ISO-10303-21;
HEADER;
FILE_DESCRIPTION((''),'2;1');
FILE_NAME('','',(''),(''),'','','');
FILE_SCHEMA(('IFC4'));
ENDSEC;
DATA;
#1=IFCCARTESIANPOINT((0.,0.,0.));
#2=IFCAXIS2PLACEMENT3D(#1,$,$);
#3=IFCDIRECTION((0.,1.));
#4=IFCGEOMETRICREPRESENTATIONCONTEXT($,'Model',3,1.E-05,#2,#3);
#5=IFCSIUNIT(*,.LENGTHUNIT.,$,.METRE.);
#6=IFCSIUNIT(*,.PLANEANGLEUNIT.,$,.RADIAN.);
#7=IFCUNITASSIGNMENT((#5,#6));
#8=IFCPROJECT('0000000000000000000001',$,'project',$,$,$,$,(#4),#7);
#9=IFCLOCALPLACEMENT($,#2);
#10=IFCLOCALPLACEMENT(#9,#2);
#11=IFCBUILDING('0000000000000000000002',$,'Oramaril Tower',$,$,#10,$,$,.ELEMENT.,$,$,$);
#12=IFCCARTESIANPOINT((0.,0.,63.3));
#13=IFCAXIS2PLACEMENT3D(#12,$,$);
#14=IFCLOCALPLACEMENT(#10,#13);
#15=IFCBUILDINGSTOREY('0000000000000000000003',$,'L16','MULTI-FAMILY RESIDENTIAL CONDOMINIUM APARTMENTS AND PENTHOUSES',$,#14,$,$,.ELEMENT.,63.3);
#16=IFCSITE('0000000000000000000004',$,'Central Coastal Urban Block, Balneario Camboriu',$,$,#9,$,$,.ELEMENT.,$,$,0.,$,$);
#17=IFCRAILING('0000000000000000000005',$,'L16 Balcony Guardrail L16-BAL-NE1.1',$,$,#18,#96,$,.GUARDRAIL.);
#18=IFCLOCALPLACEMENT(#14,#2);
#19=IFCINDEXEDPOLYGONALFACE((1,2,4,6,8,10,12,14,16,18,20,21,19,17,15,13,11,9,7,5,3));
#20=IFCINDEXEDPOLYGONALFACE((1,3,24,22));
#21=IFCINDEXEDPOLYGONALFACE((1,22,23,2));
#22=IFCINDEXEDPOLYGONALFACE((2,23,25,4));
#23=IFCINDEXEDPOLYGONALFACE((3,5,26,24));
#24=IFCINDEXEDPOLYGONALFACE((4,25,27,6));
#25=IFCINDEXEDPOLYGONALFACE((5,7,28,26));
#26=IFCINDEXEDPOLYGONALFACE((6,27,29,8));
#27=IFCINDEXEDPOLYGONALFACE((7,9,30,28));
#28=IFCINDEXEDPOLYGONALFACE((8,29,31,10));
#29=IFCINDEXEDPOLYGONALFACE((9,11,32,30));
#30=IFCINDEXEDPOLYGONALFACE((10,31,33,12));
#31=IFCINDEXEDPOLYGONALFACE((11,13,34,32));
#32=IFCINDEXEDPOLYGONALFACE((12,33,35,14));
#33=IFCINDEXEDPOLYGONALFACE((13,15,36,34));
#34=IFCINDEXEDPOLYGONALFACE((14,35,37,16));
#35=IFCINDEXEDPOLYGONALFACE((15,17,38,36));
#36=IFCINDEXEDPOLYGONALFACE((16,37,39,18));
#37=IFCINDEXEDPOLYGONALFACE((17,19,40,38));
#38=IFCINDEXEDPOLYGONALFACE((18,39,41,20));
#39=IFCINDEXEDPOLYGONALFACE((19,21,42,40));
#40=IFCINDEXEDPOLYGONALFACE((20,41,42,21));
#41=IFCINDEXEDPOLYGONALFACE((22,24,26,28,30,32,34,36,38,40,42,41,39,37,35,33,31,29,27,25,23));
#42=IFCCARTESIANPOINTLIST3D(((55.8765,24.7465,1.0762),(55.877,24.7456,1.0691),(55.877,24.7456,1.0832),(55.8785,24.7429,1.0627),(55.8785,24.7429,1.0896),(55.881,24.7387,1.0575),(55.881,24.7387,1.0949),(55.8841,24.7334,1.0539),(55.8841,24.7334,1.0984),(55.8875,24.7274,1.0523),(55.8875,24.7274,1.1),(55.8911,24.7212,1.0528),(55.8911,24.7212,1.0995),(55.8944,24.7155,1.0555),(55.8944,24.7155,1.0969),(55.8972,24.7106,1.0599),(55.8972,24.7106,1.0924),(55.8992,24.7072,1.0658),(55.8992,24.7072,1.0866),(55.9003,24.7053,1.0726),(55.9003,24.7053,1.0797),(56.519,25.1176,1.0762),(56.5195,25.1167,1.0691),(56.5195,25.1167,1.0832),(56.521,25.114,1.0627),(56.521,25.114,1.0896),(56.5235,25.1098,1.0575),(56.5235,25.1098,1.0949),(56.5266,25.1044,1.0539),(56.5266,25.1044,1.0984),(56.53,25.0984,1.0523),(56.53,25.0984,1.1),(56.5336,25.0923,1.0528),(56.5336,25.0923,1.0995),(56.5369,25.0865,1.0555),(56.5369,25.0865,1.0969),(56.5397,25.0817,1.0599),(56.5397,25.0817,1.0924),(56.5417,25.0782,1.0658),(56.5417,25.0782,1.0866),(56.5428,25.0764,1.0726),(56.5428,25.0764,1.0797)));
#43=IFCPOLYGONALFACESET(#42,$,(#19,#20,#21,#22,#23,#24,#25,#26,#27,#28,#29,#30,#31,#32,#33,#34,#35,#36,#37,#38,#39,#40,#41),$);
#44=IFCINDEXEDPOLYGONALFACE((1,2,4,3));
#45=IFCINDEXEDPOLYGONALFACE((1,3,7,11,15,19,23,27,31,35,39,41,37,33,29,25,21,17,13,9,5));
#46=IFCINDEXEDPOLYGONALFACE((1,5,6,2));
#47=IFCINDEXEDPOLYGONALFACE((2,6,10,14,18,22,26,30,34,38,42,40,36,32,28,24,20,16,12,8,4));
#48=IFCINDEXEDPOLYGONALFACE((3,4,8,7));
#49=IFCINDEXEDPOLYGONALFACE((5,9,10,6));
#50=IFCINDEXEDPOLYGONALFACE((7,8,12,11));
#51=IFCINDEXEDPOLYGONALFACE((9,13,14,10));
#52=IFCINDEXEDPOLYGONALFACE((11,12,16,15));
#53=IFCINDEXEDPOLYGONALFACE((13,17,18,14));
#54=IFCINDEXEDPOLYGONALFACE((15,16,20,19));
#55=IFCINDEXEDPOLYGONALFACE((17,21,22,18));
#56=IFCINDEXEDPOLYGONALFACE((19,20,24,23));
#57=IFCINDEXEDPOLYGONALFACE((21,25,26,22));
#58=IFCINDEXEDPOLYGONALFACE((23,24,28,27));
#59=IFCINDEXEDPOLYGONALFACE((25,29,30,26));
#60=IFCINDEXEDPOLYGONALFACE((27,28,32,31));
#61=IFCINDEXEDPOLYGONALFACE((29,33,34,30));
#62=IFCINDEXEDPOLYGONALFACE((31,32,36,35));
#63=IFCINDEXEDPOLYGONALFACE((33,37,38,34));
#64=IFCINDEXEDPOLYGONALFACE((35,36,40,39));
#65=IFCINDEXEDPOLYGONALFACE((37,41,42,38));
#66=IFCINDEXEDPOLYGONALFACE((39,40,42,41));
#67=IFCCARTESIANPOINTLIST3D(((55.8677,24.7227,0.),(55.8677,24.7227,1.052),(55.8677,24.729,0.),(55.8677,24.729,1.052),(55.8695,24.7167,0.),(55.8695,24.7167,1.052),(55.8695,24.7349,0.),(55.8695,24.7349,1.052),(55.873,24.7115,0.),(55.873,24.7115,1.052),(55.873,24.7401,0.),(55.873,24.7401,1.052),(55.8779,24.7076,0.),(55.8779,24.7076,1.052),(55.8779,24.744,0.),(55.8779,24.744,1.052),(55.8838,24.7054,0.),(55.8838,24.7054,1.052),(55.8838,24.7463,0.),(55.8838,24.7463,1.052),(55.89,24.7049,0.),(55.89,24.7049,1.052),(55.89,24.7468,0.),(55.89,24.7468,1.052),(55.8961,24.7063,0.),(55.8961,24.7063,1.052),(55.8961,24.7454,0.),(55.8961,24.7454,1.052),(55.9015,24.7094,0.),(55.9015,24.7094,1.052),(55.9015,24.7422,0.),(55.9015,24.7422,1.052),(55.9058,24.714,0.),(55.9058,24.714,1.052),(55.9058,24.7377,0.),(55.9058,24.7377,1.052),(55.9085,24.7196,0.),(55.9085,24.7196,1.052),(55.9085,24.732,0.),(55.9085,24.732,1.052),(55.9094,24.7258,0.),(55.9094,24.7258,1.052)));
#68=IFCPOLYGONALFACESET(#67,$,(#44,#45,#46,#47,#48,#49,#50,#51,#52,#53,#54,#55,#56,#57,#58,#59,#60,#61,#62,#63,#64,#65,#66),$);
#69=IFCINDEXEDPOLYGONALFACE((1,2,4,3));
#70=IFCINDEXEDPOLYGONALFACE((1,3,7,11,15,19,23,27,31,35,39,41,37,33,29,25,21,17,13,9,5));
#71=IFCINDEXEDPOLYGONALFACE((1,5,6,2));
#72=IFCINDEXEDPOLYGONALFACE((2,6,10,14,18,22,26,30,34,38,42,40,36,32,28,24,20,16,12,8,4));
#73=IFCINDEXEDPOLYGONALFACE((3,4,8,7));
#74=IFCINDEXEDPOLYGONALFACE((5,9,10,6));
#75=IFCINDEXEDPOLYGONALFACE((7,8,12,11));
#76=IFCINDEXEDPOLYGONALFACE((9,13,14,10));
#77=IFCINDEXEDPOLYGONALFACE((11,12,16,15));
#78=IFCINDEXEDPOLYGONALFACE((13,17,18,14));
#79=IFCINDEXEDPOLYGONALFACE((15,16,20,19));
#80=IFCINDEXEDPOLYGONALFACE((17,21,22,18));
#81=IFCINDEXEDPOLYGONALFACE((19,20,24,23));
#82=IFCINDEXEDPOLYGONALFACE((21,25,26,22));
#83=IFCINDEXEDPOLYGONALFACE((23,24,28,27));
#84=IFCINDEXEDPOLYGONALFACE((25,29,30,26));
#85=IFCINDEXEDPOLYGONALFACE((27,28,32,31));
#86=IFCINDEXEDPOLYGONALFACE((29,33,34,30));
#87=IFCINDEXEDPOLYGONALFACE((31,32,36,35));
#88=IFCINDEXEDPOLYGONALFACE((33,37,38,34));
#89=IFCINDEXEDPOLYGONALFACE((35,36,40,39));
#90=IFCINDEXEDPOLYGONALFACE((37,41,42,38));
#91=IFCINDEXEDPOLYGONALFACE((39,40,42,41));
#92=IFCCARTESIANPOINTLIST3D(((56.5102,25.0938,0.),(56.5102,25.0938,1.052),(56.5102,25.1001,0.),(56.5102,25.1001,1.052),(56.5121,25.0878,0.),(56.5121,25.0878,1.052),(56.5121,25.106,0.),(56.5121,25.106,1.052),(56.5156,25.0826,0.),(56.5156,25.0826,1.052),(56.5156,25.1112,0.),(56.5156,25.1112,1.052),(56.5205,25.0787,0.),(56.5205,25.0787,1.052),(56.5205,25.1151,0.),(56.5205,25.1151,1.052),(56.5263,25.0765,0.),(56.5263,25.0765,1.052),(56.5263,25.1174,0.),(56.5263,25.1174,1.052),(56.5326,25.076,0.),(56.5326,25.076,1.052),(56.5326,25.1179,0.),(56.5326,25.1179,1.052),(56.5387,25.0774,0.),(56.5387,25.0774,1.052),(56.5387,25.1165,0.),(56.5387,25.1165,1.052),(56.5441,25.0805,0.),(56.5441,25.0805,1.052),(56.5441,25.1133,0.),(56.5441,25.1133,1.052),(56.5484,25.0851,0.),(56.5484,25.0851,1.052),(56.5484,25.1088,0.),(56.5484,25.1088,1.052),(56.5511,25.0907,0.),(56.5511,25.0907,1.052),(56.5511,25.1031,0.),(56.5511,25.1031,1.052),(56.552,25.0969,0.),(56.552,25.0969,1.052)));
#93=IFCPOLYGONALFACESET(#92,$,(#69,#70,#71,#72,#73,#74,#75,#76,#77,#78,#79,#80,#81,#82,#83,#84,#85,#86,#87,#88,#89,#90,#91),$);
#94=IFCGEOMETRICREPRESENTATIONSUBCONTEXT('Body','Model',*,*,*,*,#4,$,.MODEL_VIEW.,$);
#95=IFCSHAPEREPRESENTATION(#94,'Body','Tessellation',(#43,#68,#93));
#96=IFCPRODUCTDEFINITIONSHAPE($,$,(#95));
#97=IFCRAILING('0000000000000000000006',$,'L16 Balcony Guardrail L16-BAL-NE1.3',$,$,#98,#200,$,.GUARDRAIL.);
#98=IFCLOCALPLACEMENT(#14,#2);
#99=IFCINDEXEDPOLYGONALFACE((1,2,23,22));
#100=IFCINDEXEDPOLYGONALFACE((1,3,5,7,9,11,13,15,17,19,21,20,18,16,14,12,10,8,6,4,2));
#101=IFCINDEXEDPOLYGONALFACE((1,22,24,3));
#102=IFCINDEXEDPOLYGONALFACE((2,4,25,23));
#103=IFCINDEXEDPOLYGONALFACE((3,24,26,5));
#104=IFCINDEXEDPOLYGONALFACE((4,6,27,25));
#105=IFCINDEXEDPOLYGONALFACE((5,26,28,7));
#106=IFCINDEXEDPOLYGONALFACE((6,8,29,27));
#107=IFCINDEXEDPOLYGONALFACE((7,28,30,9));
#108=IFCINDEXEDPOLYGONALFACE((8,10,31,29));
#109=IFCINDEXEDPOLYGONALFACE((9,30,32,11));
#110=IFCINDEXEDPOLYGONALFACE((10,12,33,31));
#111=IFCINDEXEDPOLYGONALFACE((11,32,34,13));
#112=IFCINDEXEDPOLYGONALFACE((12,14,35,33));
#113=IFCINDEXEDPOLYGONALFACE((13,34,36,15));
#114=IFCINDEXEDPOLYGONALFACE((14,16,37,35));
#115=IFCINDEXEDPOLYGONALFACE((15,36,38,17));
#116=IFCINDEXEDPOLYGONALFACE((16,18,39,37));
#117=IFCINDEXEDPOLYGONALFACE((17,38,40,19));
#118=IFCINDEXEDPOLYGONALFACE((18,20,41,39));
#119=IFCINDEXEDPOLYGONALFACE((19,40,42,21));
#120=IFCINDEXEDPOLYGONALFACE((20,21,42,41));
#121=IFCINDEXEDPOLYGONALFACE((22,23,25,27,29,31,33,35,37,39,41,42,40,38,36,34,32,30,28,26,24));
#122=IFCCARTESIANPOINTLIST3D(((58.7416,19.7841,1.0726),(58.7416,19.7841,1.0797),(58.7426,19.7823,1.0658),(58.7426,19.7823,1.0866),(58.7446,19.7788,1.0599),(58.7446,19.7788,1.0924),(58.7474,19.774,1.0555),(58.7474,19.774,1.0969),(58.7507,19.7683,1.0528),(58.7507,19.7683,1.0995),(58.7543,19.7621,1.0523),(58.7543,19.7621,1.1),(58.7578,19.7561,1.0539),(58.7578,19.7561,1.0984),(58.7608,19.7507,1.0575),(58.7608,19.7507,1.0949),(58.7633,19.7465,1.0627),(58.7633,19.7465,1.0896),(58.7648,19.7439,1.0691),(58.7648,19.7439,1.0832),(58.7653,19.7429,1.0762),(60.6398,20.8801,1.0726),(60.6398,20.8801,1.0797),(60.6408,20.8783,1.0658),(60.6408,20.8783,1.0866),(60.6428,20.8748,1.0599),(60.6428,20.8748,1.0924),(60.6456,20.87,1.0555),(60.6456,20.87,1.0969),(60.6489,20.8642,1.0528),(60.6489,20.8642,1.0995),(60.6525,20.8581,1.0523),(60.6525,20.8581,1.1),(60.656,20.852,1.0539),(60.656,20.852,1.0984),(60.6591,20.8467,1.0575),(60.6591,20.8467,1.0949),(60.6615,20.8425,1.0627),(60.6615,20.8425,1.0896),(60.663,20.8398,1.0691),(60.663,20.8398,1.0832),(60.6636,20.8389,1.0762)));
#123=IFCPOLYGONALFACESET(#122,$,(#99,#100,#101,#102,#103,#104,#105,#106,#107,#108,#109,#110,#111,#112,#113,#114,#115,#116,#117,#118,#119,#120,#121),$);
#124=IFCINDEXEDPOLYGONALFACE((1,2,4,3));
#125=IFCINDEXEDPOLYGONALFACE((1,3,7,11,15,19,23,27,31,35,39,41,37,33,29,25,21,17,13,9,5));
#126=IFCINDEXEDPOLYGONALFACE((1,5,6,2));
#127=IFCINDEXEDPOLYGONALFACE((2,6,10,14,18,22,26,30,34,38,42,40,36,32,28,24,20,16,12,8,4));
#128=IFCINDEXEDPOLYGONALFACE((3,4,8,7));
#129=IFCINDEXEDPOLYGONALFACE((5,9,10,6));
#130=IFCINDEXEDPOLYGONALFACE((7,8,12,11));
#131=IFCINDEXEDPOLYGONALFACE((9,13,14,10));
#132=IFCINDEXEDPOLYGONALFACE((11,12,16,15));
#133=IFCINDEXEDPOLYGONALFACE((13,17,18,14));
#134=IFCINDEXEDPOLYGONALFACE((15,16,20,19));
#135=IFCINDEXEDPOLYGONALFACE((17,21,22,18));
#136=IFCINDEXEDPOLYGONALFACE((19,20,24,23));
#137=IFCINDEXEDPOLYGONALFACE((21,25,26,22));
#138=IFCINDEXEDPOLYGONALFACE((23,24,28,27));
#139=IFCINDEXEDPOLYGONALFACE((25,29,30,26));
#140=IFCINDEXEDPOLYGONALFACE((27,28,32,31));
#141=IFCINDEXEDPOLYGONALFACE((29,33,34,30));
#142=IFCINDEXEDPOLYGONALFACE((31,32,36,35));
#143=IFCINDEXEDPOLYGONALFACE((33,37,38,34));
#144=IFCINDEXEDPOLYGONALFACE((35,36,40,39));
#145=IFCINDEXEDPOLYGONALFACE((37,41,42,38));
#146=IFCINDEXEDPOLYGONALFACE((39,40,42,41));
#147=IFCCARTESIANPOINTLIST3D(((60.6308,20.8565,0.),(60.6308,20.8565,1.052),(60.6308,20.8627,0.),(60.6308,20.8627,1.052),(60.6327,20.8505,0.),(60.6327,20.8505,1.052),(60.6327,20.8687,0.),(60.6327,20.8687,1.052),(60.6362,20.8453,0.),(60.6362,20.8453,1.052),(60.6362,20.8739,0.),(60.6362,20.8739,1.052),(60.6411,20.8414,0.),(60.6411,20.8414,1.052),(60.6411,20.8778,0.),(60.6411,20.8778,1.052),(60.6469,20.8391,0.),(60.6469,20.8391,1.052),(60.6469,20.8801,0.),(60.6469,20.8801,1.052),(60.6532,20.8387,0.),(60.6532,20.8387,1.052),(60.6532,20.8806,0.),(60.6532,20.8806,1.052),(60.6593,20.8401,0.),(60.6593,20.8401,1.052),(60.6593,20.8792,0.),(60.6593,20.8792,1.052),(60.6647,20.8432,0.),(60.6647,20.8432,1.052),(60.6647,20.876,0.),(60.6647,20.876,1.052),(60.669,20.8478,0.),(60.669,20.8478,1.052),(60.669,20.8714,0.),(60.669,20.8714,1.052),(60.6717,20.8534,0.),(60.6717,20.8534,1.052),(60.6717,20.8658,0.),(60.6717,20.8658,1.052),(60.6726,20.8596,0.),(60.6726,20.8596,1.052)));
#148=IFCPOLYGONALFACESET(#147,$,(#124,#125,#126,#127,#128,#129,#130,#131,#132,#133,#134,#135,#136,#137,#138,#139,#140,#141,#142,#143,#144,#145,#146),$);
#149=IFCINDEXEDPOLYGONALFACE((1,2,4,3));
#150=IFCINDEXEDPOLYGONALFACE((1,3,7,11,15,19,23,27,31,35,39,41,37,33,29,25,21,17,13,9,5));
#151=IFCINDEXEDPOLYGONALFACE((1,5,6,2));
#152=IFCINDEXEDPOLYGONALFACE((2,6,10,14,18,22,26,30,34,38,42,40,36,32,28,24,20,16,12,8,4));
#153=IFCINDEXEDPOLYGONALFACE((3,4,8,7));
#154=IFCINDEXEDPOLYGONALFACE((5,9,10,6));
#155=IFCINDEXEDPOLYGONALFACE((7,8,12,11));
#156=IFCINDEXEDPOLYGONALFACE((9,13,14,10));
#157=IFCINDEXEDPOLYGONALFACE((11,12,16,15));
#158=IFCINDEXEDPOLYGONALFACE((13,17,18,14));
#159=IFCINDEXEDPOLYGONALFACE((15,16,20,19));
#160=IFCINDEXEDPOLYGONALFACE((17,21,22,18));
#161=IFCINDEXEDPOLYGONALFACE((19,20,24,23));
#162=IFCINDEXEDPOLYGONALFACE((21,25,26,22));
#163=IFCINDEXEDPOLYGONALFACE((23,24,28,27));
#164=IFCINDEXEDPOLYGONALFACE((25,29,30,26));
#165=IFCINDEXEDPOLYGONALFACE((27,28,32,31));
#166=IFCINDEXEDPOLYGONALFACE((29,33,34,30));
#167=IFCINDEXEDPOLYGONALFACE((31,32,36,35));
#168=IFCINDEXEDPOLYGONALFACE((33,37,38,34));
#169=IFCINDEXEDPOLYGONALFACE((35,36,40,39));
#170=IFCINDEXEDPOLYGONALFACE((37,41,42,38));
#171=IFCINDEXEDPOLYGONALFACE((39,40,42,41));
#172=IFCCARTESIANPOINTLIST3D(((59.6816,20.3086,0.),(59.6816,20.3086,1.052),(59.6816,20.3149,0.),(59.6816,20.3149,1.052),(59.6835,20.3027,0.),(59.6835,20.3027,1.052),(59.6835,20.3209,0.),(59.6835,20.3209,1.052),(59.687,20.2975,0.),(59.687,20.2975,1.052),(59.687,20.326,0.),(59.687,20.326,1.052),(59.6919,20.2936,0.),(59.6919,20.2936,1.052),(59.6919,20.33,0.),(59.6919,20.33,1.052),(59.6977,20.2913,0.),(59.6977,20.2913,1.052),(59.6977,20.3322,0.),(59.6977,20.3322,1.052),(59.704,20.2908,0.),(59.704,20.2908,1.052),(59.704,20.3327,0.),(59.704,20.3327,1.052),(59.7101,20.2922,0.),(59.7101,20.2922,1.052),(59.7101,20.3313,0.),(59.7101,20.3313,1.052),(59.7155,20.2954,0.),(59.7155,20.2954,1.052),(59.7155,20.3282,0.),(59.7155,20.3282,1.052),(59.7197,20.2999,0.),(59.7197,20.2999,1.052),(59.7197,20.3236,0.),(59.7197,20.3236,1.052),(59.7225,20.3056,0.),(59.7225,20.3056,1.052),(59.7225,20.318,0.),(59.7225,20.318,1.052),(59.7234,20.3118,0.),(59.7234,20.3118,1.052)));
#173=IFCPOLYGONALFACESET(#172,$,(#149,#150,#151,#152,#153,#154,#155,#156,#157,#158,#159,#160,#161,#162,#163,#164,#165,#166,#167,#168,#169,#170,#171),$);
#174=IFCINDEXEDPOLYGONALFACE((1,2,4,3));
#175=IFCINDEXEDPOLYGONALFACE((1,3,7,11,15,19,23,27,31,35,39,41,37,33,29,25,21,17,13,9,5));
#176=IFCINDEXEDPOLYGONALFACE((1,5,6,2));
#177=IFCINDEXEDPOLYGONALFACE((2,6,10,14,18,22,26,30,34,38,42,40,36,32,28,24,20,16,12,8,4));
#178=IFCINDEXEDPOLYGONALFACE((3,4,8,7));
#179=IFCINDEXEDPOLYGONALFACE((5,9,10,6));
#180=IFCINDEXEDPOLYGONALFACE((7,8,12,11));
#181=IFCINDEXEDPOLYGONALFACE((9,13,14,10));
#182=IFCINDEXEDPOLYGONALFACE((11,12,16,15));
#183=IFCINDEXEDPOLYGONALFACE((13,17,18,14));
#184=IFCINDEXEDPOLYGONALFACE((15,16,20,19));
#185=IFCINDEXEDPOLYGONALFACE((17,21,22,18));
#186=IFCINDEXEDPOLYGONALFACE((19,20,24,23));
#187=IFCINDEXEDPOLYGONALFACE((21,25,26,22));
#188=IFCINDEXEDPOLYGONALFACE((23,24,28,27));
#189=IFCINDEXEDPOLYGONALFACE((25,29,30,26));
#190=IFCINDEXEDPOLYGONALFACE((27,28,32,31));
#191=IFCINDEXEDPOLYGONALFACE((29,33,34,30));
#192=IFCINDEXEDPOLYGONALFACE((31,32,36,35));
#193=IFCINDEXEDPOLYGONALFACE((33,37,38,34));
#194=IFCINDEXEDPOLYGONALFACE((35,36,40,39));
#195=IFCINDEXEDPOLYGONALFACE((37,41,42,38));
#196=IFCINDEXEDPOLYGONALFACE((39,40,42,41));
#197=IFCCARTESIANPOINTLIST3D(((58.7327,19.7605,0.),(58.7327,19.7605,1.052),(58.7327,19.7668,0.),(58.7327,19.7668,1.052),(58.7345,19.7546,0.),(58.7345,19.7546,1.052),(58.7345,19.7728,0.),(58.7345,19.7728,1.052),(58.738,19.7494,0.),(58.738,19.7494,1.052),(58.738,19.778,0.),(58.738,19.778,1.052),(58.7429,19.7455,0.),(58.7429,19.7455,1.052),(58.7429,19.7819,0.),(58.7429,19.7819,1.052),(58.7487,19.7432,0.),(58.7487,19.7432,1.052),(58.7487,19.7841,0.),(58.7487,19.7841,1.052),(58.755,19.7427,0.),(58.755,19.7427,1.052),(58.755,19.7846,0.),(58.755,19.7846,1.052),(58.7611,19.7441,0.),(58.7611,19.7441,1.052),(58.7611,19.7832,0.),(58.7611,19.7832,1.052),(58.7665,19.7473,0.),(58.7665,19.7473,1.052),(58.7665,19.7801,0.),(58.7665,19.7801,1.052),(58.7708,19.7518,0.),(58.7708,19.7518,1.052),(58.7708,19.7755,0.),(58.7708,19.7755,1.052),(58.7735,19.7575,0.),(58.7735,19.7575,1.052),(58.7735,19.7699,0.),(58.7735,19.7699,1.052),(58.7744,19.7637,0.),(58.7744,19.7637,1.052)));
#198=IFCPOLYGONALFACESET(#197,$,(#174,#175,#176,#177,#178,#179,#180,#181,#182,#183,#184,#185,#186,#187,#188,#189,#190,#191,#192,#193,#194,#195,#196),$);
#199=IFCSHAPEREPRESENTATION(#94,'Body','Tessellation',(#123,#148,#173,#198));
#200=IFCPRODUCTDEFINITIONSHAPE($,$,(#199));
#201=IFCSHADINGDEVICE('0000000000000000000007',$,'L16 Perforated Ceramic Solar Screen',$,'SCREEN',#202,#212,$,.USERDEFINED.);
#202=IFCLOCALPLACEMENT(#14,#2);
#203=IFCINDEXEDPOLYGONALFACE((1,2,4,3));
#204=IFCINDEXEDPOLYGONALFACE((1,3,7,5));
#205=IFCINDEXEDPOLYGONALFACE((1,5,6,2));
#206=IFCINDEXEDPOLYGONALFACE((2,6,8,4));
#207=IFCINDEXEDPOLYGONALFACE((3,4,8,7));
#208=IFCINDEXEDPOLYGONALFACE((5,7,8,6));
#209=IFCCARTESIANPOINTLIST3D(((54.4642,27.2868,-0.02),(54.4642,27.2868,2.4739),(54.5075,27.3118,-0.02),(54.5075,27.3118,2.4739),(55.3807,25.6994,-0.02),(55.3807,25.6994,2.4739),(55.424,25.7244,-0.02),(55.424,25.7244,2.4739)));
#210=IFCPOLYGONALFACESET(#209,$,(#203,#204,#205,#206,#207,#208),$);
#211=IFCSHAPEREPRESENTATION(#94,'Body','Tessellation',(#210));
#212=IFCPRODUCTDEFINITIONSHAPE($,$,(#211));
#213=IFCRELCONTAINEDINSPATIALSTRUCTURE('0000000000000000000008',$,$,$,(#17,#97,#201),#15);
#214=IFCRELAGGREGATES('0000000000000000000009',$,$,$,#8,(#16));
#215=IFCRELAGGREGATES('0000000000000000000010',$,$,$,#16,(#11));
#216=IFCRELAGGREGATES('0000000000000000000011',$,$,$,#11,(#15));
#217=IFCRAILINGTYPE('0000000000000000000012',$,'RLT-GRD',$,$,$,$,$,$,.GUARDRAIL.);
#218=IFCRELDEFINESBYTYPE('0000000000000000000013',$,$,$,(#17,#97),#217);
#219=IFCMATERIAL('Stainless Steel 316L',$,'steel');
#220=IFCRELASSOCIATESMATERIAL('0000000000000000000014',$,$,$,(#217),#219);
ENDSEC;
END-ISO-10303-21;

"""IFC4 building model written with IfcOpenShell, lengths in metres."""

from ifc_helpers import new_model, si_unit, direction, frame, origin, origin_2d, place, context, subcontext, project, spatial, rectangle, circle, extrude, material, type_object, element, save


model = new_model("IFC4")

# Units and contexts
model_context = context("Model", 3, precision=1e-05, world=origin(), true_north=direction((0.0, 1.0)))
body_context = subcontext(model_context, "Body", "Model", "MODEL_VIEW")
ifc_project = project(units=[si_unit("LENGTHUNIT", "METRE"), si_unit("PLANEANGLEUNIT", "RADIAN")], contexts=[model_context])

# Site, building, storey
site_placement = place(None, origin())
site = spatial("IfcSite", under=ifc_project, at=site_placement, Name="Central Coastal Urban Block, Balneario Camboriu", CompositionType="ELEMENT", RefElevation=0.0)
building_placement = place(site_placement, origin())
building = spatial("IfcBuilding", under=site, at=building_placement, Name="Oramaril Tower", CompositionType="ELEMENT")
storey_placement = place(building_placement, frame((0.0, 0.0, 63.3)))
storey = spatial("IfcBuildingStorey", under=building, at=storey_placement, Name="L16", Description="MULTI-FAMILY RESIDENTIAL CONDOMINIUM APARTMENTS AND PENTHOUSES", CompositionType="ELEMENT", Elevation=63.3)

# Railings
ifc_material_1 = material(Name="Stainless Steel 316L", Category="steel")
railing_type = type_object("IfcRailingType", Name="RLT-GRD", PredefinedType="GUARDRAIL", material=ifc_material_1)
railing_1_placement = place(storey_placement, frame((55.8884, 24.7258, 0.0)))
element("IfcRailing", 1, at=railing_1_placement, inside=storey, type_object=railing_type, Name="L16 Balcony Guardrail L16-BAL-NE1.1", PredefinedType="GUARDRAIL", context=body_context, shape_type="SweptSolid", body=[
    extrude(circle(Radius=0.0239, at=origin_2d()), frame((0.0, 0.0, 1.0762), z_axis=(0.865966, 0.500102, 0.0), x_axis=(-0.500102, 0.865966, 0.0)), (0.0, 0.0, 1.0), 0.7419),
    extrude(circle(Radius=0.021, at=origin_2d()), origin(), (0.0, 0.0, 1.0), 1.052),
    extrude(circle(Radius=0.021, at=origin_2d()), frame((0.6426, 0.3711, 0.0)), (0.0, 0.0, 1.0), 1.052),
])
railing_2_placement = place(storey_placement, frame((60.6516, 20.8596, 0.0)))
element("IfcRailing", 2, at=railing_2_placement, inside=storey, type_object=railing_type, Name="L16 Balcony Guardrail L16-BAL-NE1.3", PredefinedType="GUARDRAIL", context=body_context, shape_type="SweptSolid", body=[
    extrude(circle(Radius=0.0239, at=origin_2d()), frame((0.0, 0.0, 1.0762), z_axis=(-0.866021, -0.500008, 0.0), x_axis=(0.500008, -0.866021, 0.0)), (0.0, 0.0, 1.0), 2.1919),
    extrude(circle(Radius=0.021, at=origin_2d()), origin(), (0.0, 0.0, 1.0), 1.052),
    extrude(circle(Radius=0.021, at=origin_2d()), frame((-0.9492, -0.5479, 0.0)), (0.0, 0.0, 1.0), 1.052),
    extrude(circle(Radius=0.021, at=origin_2d()), frame((-1.8982, -1.0959, 0.0)), (0.0, 0.0, 1.0), 1.052),
])

# Shading device
shading_device_placement = place(storey_placement, frame((54.9441, 26.5056, -0.02), z_axis=(0.0, 0.0, 1.0), x_axis=(-0.499998, 0.866026, 0.0)))
element("IfcShadingDevice", 3, at=shading_device_placement, inside=storey, Name="L16 Perforated Ceramic Solar Screen", ObjectType="SCREEN", PredefinedType="USERDEFINED", context=body_context, shape_type="SweptSolid", body=[
    extrude(rectangle(XDim=1.833, YDim=0.05, at=origin_2d()), origin(), (0.0, 0.0, 1.0), 2.4939),
])

save(model, "model.ifc")
